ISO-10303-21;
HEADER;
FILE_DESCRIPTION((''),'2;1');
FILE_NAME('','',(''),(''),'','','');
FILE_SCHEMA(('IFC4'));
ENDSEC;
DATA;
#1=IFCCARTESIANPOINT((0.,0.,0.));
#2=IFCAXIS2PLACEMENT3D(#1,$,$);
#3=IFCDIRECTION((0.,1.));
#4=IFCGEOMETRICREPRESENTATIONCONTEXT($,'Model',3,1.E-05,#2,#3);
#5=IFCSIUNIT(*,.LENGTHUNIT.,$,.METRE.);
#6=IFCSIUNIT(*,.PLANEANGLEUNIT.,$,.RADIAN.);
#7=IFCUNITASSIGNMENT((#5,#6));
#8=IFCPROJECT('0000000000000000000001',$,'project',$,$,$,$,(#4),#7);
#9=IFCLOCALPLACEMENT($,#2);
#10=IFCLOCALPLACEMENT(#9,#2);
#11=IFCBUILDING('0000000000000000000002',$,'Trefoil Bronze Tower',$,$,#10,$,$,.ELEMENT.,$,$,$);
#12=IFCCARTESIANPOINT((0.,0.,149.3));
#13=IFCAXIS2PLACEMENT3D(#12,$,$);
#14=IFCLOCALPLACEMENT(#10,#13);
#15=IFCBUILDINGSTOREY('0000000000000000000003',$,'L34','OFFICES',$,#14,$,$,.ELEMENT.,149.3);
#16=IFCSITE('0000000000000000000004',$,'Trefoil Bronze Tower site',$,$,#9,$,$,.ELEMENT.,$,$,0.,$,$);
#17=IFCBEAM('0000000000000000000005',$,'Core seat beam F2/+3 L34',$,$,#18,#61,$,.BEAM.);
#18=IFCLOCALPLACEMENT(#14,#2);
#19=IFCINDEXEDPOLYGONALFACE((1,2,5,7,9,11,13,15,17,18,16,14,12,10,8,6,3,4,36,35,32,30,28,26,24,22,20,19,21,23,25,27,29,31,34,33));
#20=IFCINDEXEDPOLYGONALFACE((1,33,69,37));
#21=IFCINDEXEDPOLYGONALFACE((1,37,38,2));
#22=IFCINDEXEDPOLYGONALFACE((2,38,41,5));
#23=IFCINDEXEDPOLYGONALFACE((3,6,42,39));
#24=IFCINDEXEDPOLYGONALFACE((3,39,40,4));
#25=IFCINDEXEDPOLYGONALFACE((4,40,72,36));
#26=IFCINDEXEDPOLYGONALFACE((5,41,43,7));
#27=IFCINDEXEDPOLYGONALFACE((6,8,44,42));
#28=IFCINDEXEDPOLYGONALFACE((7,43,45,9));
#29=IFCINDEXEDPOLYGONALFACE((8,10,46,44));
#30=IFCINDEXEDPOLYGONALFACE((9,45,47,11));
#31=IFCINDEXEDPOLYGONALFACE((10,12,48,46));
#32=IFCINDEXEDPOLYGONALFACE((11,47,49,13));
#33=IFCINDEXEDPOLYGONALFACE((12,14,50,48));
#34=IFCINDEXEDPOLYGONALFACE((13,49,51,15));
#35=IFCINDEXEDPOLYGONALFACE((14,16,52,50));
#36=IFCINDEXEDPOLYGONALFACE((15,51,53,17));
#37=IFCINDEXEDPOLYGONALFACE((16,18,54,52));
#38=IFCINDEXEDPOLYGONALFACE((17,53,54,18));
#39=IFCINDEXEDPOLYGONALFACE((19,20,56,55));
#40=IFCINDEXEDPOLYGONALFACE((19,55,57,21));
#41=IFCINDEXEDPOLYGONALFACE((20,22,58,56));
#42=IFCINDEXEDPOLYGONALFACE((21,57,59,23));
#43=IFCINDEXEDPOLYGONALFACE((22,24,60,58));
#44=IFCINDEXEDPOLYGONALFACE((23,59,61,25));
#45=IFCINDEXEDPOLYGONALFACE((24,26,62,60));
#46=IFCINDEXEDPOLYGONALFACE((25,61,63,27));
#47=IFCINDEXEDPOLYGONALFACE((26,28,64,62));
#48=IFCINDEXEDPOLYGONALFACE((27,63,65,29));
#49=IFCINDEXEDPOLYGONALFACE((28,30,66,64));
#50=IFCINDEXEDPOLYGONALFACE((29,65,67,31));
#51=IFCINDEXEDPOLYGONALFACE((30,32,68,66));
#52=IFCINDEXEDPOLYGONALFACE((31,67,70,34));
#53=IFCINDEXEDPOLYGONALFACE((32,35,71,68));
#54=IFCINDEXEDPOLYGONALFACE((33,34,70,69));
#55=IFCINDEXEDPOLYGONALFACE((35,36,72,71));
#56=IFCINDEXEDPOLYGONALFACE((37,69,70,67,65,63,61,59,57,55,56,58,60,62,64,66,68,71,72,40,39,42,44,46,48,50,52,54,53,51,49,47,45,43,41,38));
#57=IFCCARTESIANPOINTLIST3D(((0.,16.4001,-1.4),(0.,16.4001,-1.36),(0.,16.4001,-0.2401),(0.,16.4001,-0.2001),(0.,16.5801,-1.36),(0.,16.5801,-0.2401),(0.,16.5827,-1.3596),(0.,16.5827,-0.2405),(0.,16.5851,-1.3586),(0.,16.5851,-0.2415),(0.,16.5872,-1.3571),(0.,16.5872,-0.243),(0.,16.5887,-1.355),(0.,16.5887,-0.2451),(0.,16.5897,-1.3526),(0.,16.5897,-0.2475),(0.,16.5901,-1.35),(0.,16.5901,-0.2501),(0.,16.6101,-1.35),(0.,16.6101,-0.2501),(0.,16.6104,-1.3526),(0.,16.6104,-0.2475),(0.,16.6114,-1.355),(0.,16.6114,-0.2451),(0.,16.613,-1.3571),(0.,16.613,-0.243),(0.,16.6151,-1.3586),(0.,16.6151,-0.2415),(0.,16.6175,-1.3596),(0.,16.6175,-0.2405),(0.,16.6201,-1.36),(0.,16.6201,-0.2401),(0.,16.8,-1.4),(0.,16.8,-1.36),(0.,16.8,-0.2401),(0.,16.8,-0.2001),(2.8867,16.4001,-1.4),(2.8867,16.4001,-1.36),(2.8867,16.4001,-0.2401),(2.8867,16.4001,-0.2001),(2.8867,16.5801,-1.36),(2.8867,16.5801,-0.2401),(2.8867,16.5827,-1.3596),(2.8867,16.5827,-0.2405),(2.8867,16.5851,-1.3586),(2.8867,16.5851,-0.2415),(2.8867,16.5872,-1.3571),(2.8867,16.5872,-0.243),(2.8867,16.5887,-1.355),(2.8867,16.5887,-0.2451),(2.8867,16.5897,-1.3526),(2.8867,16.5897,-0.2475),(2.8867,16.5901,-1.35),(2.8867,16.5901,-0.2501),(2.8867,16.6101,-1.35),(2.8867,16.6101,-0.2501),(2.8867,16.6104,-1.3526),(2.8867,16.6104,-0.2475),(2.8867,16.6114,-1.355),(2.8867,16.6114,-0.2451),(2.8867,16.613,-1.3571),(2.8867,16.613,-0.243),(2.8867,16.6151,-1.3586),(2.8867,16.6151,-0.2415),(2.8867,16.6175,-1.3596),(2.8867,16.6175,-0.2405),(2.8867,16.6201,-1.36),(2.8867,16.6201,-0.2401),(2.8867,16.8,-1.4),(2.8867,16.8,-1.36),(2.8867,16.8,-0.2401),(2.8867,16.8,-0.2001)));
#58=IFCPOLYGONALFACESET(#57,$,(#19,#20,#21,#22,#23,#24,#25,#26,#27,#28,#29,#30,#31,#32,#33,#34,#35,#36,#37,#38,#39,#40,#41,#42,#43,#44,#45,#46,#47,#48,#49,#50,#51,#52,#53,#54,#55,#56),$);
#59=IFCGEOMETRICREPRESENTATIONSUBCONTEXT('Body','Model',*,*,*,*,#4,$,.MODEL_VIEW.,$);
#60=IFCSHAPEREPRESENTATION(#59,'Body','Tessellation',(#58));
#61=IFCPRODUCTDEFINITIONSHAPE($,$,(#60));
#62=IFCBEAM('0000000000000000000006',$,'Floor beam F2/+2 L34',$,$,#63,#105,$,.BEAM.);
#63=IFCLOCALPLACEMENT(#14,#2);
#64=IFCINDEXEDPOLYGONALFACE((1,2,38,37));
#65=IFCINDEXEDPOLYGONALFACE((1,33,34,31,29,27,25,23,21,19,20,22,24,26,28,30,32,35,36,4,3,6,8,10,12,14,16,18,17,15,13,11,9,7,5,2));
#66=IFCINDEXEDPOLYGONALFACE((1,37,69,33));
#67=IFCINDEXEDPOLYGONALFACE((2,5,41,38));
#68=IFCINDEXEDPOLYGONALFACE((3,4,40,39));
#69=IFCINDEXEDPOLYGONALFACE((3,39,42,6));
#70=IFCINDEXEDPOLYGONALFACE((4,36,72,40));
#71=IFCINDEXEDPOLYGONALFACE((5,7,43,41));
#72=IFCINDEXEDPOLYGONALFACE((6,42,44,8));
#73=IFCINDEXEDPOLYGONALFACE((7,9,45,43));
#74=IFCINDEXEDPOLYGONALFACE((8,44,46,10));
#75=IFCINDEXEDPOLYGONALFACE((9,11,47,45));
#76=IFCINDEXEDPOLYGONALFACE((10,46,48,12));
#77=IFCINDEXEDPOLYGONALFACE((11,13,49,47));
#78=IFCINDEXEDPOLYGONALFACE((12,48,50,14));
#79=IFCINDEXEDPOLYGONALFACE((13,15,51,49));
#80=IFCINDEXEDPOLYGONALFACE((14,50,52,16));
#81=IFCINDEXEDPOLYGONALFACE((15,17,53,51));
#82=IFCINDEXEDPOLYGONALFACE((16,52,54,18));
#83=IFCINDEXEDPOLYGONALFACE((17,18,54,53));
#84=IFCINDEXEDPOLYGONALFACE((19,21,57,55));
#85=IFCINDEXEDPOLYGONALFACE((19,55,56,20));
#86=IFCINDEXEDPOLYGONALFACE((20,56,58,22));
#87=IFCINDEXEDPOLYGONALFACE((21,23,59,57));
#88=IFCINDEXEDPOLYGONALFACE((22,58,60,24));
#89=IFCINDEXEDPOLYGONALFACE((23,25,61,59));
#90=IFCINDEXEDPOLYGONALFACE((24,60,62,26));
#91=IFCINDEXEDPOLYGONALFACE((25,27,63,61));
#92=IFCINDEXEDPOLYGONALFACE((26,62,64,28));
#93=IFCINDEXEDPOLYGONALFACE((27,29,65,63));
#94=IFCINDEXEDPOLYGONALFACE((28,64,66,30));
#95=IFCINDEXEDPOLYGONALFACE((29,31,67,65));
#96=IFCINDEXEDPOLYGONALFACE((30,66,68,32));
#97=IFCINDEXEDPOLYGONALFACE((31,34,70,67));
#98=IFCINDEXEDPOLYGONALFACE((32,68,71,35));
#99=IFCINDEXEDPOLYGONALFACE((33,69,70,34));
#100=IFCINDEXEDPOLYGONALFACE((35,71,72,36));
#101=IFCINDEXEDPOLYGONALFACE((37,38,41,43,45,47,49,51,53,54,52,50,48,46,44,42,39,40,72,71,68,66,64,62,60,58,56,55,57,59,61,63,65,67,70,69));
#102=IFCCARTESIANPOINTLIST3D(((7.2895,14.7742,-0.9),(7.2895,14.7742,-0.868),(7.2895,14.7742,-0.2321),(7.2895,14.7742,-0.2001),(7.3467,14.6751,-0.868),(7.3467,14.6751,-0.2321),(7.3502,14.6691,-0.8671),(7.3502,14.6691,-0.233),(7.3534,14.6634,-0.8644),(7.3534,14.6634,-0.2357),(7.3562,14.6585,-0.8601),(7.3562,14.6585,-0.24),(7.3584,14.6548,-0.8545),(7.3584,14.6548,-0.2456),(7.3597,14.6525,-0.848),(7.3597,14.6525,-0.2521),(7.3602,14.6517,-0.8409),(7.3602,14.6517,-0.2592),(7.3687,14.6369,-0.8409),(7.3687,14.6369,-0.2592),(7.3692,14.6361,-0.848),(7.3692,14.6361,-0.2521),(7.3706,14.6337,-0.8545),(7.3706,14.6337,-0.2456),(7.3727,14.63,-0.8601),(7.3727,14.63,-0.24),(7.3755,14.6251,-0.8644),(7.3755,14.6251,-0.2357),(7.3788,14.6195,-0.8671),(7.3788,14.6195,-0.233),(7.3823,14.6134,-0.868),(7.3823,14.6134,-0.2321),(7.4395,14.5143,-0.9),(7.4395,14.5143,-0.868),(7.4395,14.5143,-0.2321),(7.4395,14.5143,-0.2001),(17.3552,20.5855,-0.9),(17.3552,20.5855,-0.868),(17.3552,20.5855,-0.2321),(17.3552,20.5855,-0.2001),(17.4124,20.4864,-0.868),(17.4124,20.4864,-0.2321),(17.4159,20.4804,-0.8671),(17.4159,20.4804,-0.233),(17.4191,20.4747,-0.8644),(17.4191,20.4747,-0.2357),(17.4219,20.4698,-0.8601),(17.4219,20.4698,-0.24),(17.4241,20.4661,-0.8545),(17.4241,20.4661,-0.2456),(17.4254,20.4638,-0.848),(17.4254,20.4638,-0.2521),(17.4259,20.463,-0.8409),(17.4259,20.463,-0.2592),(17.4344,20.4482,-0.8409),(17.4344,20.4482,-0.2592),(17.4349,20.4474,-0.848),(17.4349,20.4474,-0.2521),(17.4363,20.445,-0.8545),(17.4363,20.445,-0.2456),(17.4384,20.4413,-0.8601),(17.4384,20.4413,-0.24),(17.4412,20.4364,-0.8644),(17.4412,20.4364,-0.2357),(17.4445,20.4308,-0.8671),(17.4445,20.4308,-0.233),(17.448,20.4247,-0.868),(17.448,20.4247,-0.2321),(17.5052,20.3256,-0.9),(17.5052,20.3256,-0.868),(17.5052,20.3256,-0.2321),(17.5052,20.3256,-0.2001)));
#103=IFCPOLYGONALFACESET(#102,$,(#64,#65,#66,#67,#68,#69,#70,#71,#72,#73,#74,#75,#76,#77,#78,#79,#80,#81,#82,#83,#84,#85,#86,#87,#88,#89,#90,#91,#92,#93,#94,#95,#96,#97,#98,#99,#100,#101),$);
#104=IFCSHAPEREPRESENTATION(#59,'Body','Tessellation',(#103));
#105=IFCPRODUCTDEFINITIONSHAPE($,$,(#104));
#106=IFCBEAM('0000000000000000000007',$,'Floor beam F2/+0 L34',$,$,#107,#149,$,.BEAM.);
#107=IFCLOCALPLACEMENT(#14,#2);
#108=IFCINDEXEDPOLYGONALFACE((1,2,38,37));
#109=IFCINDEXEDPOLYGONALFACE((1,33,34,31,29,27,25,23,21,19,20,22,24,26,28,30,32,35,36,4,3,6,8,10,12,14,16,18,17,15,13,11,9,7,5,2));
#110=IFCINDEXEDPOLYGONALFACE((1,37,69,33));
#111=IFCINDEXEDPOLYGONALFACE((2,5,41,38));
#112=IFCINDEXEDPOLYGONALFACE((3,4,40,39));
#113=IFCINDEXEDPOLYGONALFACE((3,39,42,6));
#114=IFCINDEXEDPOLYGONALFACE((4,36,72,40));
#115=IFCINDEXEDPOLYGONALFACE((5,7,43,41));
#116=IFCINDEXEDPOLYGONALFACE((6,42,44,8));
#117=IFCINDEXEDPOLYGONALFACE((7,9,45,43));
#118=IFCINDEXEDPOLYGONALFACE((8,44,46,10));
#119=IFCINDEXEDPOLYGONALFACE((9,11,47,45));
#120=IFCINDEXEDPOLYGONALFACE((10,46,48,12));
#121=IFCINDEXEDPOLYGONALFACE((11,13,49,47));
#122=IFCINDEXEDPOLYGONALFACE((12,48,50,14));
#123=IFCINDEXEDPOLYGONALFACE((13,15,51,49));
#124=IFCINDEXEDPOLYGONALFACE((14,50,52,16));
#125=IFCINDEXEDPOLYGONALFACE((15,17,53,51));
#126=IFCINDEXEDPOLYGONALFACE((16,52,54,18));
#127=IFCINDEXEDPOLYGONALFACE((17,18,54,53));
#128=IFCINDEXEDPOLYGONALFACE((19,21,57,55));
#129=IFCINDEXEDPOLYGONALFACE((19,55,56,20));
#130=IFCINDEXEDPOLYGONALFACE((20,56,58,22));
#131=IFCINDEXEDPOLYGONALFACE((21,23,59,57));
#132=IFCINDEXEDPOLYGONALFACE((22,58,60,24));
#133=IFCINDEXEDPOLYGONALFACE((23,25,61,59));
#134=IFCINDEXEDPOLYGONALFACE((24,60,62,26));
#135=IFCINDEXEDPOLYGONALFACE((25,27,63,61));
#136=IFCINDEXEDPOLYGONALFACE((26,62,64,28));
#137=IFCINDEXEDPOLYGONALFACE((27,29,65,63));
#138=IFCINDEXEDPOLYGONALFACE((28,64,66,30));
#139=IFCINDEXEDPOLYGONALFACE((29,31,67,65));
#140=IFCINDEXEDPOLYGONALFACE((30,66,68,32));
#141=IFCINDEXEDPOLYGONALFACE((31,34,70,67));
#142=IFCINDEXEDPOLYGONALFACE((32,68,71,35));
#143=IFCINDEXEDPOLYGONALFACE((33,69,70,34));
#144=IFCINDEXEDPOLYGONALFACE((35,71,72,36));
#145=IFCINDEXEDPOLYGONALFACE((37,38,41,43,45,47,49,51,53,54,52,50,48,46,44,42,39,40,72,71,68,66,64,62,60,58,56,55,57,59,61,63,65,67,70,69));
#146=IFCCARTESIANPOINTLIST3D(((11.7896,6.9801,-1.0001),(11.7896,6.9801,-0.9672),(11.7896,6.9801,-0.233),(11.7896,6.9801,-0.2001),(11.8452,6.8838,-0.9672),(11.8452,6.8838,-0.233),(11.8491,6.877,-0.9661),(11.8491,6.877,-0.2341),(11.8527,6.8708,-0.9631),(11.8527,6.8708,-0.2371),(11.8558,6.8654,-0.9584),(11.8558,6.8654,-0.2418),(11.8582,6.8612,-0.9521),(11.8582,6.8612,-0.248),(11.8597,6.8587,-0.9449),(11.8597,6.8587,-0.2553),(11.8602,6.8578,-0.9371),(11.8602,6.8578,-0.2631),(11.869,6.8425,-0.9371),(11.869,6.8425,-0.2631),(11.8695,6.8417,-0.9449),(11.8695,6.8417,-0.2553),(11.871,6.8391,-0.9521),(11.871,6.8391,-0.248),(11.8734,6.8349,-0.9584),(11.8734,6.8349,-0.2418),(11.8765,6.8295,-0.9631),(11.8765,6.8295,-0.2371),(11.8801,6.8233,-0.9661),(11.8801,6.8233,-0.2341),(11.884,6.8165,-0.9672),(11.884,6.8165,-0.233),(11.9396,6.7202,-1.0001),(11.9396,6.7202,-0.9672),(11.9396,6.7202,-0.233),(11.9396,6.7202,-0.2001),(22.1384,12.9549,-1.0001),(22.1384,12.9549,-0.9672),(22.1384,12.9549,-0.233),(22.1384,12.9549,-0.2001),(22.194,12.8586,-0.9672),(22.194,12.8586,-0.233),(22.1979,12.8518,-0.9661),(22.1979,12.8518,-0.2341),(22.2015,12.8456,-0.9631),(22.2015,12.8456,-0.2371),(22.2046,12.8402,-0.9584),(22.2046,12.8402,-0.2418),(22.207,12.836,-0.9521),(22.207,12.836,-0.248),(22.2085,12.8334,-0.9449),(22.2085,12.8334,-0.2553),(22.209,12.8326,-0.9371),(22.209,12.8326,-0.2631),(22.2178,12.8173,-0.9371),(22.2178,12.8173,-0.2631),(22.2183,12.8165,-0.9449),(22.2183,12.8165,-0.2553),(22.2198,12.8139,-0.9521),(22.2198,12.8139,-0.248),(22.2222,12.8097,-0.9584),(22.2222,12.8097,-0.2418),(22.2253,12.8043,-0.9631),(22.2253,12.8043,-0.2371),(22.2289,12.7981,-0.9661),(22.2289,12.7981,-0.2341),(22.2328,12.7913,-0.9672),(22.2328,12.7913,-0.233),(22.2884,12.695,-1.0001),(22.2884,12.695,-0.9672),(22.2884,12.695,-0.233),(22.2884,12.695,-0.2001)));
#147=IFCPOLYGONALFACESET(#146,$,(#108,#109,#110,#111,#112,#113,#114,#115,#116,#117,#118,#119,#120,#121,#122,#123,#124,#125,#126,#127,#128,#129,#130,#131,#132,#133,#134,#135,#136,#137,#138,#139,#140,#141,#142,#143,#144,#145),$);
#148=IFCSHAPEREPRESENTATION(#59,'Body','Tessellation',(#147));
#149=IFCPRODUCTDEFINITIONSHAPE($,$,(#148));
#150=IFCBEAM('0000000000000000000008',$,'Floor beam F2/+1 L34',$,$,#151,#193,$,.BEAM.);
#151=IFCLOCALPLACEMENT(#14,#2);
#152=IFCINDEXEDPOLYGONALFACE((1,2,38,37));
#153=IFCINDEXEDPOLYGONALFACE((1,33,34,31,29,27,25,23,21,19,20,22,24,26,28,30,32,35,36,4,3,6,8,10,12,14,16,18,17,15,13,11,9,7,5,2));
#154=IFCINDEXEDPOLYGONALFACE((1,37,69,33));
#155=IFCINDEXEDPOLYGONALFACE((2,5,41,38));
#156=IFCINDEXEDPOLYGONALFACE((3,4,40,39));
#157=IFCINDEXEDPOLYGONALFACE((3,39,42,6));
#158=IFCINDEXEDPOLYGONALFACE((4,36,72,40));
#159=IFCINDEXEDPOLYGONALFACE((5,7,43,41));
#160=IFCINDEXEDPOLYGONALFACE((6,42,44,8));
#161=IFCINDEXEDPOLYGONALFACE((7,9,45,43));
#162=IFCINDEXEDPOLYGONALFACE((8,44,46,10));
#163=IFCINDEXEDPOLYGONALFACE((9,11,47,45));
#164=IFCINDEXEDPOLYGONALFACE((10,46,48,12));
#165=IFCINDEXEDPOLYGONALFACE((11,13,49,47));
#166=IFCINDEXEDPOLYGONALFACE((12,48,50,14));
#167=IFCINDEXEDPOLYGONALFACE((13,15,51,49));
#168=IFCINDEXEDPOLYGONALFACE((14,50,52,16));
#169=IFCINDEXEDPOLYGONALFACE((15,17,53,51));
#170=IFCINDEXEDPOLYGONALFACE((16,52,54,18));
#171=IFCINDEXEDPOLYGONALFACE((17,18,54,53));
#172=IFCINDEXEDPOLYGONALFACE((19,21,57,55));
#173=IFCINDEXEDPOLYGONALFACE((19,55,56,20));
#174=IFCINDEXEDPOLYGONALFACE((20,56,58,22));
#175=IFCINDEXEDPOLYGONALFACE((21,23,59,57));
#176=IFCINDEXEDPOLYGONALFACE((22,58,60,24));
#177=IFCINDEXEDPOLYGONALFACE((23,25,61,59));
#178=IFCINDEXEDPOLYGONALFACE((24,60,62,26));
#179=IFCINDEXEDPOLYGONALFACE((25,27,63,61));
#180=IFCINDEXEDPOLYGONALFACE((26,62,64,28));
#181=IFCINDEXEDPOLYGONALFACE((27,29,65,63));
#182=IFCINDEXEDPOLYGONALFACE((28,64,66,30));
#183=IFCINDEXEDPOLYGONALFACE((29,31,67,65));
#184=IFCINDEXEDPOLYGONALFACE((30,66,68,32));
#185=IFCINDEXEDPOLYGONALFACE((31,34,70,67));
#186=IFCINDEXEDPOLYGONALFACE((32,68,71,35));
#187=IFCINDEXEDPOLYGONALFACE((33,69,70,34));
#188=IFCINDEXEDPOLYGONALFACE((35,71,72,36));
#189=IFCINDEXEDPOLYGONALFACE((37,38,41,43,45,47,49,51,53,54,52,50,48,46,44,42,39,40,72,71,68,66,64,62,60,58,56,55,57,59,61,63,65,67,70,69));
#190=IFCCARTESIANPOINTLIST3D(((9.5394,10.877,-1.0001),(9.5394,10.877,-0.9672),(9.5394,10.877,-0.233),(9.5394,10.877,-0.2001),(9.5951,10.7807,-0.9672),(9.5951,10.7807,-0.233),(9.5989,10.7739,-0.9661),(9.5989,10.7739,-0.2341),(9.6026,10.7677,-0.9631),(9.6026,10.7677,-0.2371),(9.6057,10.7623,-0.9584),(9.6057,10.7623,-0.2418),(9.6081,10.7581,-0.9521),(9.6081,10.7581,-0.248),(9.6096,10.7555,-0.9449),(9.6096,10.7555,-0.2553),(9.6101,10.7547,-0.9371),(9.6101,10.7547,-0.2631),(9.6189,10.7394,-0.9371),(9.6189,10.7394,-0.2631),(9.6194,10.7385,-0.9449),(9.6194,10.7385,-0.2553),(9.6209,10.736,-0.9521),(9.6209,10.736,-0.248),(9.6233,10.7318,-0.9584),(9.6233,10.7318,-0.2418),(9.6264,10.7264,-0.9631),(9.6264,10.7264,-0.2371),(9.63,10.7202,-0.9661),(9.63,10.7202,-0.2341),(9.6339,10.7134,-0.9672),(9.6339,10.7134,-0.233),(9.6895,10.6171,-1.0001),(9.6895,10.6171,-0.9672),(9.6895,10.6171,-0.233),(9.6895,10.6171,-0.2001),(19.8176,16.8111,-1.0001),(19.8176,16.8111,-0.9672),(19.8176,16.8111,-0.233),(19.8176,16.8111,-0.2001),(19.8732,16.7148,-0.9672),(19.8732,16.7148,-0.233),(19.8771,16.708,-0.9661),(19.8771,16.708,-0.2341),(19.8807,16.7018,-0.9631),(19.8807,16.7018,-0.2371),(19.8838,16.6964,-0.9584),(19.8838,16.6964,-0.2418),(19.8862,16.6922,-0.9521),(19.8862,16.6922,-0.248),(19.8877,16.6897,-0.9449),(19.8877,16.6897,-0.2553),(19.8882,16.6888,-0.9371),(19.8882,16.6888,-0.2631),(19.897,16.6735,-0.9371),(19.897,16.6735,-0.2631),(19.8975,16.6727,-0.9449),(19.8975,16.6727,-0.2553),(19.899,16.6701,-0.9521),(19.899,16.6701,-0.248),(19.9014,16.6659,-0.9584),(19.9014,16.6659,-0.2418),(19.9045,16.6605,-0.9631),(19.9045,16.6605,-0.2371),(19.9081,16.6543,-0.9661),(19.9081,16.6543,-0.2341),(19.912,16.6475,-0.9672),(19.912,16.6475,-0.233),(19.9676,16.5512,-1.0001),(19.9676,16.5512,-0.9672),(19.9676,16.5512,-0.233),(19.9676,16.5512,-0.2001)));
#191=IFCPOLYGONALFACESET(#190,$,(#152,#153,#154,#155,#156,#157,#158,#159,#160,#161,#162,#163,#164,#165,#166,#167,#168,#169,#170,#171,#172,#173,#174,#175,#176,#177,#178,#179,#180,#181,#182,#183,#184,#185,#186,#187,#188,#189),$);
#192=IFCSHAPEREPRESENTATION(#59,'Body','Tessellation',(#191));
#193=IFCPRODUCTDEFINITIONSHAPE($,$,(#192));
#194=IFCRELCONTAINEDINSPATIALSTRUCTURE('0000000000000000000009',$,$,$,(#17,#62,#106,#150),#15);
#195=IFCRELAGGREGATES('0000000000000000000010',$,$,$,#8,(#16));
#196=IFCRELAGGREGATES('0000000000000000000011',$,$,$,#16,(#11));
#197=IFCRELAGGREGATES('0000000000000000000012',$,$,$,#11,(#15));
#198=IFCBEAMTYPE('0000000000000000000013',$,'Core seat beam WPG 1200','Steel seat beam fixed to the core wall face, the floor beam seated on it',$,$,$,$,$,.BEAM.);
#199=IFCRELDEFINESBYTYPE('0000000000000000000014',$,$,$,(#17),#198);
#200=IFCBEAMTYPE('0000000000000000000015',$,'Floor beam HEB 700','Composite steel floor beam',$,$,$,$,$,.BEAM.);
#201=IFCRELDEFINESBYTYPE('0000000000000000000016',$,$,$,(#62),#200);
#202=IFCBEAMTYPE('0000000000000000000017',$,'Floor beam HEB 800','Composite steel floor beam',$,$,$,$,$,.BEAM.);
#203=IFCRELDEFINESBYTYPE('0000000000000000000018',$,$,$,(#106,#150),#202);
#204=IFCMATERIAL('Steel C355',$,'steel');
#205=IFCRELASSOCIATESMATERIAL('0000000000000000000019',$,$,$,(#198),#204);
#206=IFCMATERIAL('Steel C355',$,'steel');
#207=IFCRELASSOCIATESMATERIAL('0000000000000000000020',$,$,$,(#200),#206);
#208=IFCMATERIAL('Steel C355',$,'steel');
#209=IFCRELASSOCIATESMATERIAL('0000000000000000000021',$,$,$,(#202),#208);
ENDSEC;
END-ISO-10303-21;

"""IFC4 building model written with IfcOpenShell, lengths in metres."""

from ifc_helpers import new_model, si_unit, direction, frame, origin, origin_2d, place, context, subcontext, project, spatial, i_section, extrude, material, material_profile, profile_set, type_object, element, save


model = new_model("IFC4")

# Units and contexts
model_context = context("Model", 3, precision=1e-05, world=origin(), true_north=direction((0.0, 1.0)))
body_context = subcontext(model_context, "Body", "Model", "MODEL_VIEW")
ifc_project = project(units=[si_unit("LENGTHUNIT", "METRE"), si_unit("PLANEANGLEUNIT", "RADIAN")], contexts=[model_context])

# Site, building, storey
site_placement = place(None, origin())
site = spatial("IfcSite", under=ifc_project, at=site_placement, Name="Trefoil Bronze Tower site", CompositionType="ELEMENT", RefElevation=0.0)
building_placement = place(site_placement, origin())
building = spatial("IfcBuilding", under=site, at=building_placement, Name="Trefoil Bronze Tower", CompositionType="ELEMENT")
storey_placement = place(building_placement, frame((0.0, 0.0, 149.3)))
storey = spatial("IfcBuildingStorey", under=building, at=storey_placement, Name="L34", Description="OFFICES", CompositionType="ELEMENT", Elevation=149.3)

# Beams
ifc_material_1 = material(Name="Steel C355", Category="steel")
ifc_material_profile_1 = material_profile(ifc_material_1, i_section(OverallWidth=0.3999, OverallDepth=1.2, WebThickness=0.02, FlangeThickness=0.04, FilletRadius=0.01, at=origin_2d()), Name="WPG 1200")
ifc_profile_set_1 = profile_set([ifc_material_profile_1], Name="Steel C355")
beam_type_1 = type_object("IfcBeamType", Name="Core seat beam WPG 1200", Description="Steel seat beam fixed to the core wall face, the floor beam seated on it", PredefinedType="BEAM", material=ifc_profile_set_1)
beam_1_placement = place(storey_placement, frame((2.8867, 16.6001, -0.8), z_axis=(-1.0, 0.0, 0.0), x_axis=(0.0, -1.0, 0.0)))
element("IfcBeam", 1, at=beam_1_placement, inside=storey, type_object=beam_type_1, Name="Core seat beam F2/+3 L34", PredefinedType="BEAM", context=body_context, shape_type="SweptSolid", body=[
    extrude(i_section(OverallWidth=0.3999, OverallDepth=1.2, WebThickness=0.02, FlangeThickness=0.04, FilletRadius=0.01, at=origin_2d()), origin(), (0.0, 0.0, 1.0), 2.8867),
])
ifc_material_2 = material(Name="Steel C355", Category="steel")
ifc_material_profile_2 = material_profile(ifc_material_2, i_section(OverallWidth=0.3, OverallDepth=0.7, WebThickness=0.0171, FlangeThickness=0.032, FilletRadius=0.0271, at=origin_2d()), Name="HEB 700")
ifc_profile_set_2 = profile_set([ifc_material_profile_2], Name="Steel C355")
beam_type_2 = type_object("IfcBeamType", Name="Floor beam HEB 700", Description="Composite steel floor beam", PredefinedType="BEAM", material=ifc_profile_set_2)
beam_2_placement = place(storey_placement, frame((17.4302, 20.4556, -0.55), z_axis=(-0.866031, -0.499991, 0.0), x_axis=(0.499991, -0.866031, 0.0)))
element("IfcBeam", 2, at=beam_2_placement, inside=storey, type_object=beam_type_2, Name="Floor beam F2/+2 L34", PredefinedType="BEAM", context=body_context, shape_type="SweptSolid", body=[
    extrude(i_section(OverallWidth=0.3, OverallDepth=0.7, WebThickness=0.0171, FlangeThickness=0.032, FilletRadius=0.0271, at=origin_2d()), origin(), (0.0, 0.0, 1.0), 11.6228),
])
ifc_material_3 = material(Name="Steel C355", Category="steel")
ifc_material_profile_3 = material_profile(ifc_material_3, i_section(OverallWidth=0.3, OverallDepth=0.8, WebThickness=0.0176, FlangeThickness=0.033, FilletRadius=0.03, at=origin_2d()), Name="HEB 800")
ifc_profile_set_3 = profile_set([ifc_material_profile_3], Name="Steel C355")
beam_type_3 = type_object("IfcBeamType", Name="Floor beam HEB 800", Description="Composite steel floor beam", PredefinedType="BEAM", material=ifc_profile_set_3)
beam_3_placement = place(storey_placement, frame((22.2134, 12.825, -0.6001), z_axis=(-0.866028, -0.499995, 0.0), x_axis=(0.499995, -0.866028, 0.0)))
element("IfcBeam", 3, at=beam_3_placement, inside=storey, type_object=beam_type_3, Name="Floor beam F2/+0 L34", PredefinedType="BEAM", context=body_context, shape_type="SweptSolid", body=[
    extrude(i_section(OverallWidth=0.3, OverallDepth=0.8, WebThickness=0.0176, FlangeThickness=0.033, FilletRadius=0.03, at=origin_2d()), origin(), (0.0, 0.0, 1.0), 11.9497),
])
beam_4_placement = place(storey_placement, frame((19.8926, 16.6812, -0.6001), z_axis=(-0.866024, -0.500002, 0.0), x_axis=(0.500002, -0.866024, 0.0)))
element("IfcBeam", 4, at=beam_4_placement, inside=storey, type_object=beam_type_3, Name="Floor beam F2/+1 L34", PredefinedType="BEAM", context=body_context, shape_type="SweptSolid", body=[
    extrude(i_section(OverallWidth=0.3, OverallDepth=0.8, WebThickness=0.0176, FlangeThickness=0.033, FilletRadius=0.03, at=origin_2d()), origin(), (0.0, 0.0, 1.0), 11.8682),
])

save(model, "model.ifc")
